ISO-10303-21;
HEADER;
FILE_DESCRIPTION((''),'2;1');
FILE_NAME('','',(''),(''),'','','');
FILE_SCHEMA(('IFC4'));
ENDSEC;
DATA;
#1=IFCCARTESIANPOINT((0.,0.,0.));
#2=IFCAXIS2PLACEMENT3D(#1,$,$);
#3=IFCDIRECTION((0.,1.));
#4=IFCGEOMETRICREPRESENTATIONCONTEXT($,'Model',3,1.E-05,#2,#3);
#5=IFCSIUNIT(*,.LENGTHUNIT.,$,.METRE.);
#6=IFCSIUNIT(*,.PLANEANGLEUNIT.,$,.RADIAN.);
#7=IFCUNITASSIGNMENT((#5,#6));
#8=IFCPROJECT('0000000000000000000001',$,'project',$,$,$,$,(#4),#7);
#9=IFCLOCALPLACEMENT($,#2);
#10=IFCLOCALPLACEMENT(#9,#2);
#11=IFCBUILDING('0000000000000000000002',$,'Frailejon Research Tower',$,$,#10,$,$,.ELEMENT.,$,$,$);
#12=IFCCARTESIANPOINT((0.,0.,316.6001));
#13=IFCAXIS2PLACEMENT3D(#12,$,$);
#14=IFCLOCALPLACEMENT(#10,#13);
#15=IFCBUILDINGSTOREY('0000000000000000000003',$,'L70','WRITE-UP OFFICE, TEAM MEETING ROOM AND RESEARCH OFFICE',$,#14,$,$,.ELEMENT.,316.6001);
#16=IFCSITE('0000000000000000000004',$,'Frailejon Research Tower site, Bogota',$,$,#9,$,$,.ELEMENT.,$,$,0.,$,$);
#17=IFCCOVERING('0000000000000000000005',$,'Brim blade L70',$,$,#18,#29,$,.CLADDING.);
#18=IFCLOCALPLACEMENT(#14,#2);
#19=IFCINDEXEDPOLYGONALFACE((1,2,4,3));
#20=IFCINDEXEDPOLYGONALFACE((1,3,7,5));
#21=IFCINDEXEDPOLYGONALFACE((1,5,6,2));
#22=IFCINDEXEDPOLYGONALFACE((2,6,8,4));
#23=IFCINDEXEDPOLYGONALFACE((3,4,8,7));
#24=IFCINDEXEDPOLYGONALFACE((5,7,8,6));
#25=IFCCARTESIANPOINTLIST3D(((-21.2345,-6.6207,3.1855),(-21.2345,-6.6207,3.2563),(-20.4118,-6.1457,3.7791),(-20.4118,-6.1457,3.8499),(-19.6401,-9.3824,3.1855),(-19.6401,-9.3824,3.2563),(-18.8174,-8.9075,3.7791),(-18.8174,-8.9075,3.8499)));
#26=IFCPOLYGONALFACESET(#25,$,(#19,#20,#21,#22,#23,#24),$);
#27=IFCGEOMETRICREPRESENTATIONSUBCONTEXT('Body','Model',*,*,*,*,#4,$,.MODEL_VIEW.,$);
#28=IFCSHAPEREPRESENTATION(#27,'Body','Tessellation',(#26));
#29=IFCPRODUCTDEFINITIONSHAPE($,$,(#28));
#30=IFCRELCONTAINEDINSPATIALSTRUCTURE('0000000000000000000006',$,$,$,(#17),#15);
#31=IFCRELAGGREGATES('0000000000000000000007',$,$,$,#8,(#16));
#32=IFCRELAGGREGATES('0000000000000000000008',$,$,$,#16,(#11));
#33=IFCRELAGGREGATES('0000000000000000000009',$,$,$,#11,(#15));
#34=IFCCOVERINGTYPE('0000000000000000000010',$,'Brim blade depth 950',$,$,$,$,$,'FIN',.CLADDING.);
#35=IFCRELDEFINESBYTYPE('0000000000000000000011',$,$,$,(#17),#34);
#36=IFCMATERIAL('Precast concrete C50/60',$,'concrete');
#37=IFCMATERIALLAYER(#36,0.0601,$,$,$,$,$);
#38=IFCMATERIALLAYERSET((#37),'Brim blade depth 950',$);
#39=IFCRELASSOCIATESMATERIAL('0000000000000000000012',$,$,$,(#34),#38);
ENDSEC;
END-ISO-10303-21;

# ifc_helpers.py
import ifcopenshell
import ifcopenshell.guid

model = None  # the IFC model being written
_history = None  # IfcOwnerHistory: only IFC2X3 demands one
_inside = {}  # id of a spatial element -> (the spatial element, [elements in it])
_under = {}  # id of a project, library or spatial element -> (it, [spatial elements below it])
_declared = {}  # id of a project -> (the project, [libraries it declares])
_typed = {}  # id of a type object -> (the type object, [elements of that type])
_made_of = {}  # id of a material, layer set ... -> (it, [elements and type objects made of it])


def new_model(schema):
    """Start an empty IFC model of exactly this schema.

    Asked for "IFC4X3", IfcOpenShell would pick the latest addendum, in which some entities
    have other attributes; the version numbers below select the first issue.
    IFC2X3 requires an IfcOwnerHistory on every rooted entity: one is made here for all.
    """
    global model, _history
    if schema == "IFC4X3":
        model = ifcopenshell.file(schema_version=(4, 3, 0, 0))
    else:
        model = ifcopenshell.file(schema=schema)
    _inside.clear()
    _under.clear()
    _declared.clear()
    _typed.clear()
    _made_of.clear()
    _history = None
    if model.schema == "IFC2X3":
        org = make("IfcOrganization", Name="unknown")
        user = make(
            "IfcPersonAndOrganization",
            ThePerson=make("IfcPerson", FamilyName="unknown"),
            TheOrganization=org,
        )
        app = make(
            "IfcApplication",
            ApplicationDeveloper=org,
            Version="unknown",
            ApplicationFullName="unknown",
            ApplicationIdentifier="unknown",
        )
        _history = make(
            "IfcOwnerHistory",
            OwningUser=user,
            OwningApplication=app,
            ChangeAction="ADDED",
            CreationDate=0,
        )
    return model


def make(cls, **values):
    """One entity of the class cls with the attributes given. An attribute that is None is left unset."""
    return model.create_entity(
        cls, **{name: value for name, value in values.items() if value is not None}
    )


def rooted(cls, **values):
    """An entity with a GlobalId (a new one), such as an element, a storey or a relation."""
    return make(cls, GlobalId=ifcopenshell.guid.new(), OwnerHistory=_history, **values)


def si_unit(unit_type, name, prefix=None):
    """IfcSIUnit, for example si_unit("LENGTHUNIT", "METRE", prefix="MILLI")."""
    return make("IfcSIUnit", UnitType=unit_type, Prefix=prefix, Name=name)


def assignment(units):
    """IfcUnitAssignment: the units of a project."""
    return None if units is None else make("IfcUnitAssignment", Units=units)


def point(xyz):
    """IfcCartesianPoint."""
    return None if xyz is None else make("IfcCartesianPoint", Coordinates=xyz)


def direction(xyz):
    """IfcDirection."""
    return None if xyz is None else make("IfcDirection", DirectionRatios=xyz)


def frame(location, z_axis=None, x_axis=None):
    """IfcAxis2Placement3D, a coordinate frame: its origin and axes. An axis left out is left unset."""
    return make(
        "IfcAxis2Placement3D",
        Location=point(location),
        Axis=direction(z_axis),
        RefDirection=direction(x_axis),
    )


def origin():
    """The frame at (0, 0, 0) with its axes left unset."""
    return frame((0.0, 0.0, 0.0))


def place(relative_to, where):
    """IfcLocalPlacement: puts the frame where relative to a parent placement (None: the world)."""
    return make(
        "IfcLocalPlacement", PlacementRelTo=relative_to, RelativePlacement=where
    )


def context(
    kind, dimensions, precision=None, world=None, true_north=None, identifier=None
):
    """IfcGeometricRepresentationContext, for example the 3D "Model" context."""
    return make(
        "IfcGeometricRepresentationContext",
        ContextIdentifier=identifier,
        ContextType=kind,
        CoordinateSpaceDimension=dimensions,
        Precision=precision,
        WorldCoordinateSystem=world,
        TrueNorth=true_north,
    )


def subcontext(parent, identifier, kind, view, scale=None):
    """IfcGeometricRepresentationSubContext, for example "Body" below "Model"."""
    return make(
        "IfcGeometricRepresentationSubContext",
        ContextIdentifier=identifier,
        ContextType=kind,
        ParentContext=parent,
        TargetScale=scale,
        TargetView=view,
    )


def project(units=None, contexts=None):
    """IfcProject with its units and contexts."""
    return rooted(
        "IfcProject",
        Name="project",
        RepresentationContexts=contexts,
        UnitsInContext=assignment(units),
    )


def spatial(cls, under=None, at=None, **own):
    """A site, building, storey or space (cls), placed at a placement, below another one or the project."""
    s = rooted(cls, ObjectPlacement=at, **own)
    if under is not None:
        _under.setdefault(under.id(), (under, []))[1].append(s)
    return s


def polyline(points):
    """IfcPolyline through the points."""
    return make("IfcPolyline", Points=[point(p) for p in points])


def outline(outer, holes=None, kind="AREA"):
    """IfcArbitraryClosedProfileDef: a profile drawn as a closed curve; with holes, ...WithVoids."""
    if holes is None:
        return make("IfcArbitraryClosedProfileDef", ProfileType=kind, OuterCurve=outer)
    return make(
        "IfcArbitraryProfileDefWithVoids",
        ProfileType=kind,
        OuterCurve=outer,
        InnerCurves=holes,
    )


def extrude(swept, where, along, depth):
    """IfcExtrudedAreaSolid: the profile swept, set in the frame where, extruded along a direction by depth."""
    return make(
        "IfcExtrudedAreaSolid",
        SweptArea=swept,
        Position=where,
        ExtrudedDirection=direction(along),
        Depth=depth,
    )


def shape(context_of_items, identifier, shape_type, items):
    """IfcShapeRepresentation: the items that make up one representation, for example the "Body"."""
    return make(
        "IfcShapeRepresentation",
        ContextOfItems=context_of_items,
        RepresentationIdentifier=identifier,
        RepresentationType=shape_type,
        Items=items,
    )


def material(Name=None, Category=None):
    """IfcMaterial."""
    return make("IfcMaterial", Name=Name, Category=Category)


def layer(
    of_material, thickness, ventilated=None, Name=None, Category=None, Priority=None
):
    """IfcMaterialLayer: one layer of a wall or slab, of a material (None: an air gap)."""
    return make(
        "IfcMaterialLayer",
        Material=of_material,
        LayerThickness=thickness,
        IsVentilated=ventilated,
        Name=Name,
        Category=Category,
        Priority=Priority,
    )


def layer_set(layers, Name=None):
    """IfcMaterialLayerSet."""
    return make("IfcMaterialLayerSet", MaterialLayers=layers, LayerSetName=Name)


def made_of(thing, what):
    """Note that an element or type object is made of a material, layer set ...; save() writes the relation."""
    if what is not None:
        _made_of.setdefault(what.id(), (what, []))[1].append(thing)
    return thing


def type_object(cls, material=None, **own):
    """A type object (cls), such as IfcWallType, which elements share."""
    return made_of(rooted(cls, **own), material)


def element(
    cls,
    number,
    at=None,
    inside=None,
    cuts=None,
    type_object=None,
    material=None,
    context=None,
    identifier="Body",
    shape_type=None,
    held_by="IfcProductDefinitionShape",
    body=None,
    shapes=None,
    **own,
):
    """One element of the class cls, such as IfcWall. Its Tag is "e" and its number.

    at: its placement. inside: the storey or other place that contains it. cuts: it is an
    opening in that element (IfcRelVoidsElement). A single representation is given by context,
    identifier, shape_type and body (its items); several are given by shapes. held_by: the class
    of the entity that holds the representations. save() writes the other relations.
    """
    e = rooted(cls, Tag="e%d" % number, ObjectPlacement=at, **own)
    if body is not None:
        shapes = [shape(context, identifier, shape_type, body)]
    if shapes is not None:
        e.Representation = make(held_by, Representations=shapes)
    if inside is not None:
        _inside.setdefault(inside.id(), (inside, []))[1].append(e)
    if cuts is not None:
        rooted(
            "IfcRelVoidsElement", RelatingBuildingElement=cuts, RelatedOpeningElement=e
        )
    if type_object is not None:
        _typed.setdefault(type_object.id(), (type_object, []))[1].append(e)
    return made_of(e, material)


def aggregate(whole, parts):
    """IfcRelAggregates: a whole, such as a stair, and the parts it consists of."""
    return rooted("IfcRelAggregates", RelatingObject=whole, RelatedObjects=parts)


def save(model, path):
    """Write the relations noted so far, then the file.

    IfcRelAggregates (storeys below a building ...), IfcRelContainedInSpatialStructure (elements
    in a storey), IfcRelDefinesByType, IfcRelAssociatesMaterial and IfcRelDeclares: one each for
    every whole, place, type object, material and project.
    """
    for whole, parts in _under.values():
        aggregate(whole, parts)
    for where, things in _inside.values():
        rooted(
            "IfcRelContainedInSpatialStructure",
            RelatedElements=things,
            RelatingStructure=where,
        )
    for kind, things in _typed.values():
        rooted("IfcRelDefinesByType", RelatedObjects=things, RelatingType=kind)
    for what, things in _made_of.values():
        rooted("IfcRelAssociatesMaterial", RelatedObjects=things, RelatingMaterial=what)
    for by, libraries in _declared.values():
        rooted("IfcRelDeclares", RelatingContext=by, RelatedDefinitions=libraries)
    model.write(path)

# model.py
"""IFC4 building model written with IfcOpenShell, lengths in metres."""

from ifc_helpers import new_model, si_unit, direction, frame, origin, place, context, subcontext, project, spatial, polyline, outline, extrude, material, layer, layer_set, type_object, element, save


model = new_model("IFC4")

# Units and contexts
model_context = context("Model", 3, precision=1e-05, world=origin(), true_north=direction((0.0, 1.0)))
body_context = subcontext(model_context, "Body", "Model", "MODEL_VIEW")
ifc_project = project(units=[si_unit("LENGTHUNIT", "METRE"), si_unit("PLANEANGLEUNIT", "RADIAN")], contexts=[model_context])

# Site, building, storey
site_placement = place(None, origin())
site = spatial("IfcSite", under=ifc_project, at=site_placement, Name="Frailejon Research Tower site, Bogota", CompositionType="ELEMENT", RefElevation=0.0)
building_placement = place(site_placement, origin())
building = spatial("IfcBuilding", under=site, at=building_placement, Name="Frailejon Research Tower", CompositionType="ELEMENT")
storey_placement = place(building_placement, frame((0.0, 0.0, 316.6001)))
storey = spatial("IfcBuildingStorey", under=building, at=storey_placement, Name="L70", Description="WRITE-UP OFFICE, TEAM MEETING ROOM AND RESEARCH OFFICE", CompositionType="ELEMENT", Elevation=316.6001)

# Covering
ifc_material_1 = material(Name="Precast concrete C50/60", Category="concrete")
ifc_layer_1 = layer(ifc_material_1, 0.0601)
ifc_layer_set_1 = layer_set([ifc_layer_1], Name="Brim blade depth 950")
covering_type_1 = type_object("IfcCoveringType", Name="Brim blade depth 950", ElementType="FIN", PredefinedType="CLADDING", material=ifc_layer_set_1)
covering_1_placement = place(storey_placement, frame((-18.8174, -8.9075, 3.8499), z_axis=(-0.499994, 0.866029, 0.0), x_axis=(-0.866029, -0.499994, 0.0)))
element("IfcCovering", 1, at=covering_1_placement, inside=storey, type_object=covering_type_1, Name="Brim blade L70", PredefinedType="CLADDING", context=body_context, shape_type="SweptSolid", body=[
    extrude(outline(polyline([(0.0, -0.0708), (0.95, -0.6643), (0.95, -0.5935), (0.0, 0.0), (0.0, -0.0708)])), origin(), (0.0, 0.0, 1.0), 3.189),
])

save(model, "model.ifc")
